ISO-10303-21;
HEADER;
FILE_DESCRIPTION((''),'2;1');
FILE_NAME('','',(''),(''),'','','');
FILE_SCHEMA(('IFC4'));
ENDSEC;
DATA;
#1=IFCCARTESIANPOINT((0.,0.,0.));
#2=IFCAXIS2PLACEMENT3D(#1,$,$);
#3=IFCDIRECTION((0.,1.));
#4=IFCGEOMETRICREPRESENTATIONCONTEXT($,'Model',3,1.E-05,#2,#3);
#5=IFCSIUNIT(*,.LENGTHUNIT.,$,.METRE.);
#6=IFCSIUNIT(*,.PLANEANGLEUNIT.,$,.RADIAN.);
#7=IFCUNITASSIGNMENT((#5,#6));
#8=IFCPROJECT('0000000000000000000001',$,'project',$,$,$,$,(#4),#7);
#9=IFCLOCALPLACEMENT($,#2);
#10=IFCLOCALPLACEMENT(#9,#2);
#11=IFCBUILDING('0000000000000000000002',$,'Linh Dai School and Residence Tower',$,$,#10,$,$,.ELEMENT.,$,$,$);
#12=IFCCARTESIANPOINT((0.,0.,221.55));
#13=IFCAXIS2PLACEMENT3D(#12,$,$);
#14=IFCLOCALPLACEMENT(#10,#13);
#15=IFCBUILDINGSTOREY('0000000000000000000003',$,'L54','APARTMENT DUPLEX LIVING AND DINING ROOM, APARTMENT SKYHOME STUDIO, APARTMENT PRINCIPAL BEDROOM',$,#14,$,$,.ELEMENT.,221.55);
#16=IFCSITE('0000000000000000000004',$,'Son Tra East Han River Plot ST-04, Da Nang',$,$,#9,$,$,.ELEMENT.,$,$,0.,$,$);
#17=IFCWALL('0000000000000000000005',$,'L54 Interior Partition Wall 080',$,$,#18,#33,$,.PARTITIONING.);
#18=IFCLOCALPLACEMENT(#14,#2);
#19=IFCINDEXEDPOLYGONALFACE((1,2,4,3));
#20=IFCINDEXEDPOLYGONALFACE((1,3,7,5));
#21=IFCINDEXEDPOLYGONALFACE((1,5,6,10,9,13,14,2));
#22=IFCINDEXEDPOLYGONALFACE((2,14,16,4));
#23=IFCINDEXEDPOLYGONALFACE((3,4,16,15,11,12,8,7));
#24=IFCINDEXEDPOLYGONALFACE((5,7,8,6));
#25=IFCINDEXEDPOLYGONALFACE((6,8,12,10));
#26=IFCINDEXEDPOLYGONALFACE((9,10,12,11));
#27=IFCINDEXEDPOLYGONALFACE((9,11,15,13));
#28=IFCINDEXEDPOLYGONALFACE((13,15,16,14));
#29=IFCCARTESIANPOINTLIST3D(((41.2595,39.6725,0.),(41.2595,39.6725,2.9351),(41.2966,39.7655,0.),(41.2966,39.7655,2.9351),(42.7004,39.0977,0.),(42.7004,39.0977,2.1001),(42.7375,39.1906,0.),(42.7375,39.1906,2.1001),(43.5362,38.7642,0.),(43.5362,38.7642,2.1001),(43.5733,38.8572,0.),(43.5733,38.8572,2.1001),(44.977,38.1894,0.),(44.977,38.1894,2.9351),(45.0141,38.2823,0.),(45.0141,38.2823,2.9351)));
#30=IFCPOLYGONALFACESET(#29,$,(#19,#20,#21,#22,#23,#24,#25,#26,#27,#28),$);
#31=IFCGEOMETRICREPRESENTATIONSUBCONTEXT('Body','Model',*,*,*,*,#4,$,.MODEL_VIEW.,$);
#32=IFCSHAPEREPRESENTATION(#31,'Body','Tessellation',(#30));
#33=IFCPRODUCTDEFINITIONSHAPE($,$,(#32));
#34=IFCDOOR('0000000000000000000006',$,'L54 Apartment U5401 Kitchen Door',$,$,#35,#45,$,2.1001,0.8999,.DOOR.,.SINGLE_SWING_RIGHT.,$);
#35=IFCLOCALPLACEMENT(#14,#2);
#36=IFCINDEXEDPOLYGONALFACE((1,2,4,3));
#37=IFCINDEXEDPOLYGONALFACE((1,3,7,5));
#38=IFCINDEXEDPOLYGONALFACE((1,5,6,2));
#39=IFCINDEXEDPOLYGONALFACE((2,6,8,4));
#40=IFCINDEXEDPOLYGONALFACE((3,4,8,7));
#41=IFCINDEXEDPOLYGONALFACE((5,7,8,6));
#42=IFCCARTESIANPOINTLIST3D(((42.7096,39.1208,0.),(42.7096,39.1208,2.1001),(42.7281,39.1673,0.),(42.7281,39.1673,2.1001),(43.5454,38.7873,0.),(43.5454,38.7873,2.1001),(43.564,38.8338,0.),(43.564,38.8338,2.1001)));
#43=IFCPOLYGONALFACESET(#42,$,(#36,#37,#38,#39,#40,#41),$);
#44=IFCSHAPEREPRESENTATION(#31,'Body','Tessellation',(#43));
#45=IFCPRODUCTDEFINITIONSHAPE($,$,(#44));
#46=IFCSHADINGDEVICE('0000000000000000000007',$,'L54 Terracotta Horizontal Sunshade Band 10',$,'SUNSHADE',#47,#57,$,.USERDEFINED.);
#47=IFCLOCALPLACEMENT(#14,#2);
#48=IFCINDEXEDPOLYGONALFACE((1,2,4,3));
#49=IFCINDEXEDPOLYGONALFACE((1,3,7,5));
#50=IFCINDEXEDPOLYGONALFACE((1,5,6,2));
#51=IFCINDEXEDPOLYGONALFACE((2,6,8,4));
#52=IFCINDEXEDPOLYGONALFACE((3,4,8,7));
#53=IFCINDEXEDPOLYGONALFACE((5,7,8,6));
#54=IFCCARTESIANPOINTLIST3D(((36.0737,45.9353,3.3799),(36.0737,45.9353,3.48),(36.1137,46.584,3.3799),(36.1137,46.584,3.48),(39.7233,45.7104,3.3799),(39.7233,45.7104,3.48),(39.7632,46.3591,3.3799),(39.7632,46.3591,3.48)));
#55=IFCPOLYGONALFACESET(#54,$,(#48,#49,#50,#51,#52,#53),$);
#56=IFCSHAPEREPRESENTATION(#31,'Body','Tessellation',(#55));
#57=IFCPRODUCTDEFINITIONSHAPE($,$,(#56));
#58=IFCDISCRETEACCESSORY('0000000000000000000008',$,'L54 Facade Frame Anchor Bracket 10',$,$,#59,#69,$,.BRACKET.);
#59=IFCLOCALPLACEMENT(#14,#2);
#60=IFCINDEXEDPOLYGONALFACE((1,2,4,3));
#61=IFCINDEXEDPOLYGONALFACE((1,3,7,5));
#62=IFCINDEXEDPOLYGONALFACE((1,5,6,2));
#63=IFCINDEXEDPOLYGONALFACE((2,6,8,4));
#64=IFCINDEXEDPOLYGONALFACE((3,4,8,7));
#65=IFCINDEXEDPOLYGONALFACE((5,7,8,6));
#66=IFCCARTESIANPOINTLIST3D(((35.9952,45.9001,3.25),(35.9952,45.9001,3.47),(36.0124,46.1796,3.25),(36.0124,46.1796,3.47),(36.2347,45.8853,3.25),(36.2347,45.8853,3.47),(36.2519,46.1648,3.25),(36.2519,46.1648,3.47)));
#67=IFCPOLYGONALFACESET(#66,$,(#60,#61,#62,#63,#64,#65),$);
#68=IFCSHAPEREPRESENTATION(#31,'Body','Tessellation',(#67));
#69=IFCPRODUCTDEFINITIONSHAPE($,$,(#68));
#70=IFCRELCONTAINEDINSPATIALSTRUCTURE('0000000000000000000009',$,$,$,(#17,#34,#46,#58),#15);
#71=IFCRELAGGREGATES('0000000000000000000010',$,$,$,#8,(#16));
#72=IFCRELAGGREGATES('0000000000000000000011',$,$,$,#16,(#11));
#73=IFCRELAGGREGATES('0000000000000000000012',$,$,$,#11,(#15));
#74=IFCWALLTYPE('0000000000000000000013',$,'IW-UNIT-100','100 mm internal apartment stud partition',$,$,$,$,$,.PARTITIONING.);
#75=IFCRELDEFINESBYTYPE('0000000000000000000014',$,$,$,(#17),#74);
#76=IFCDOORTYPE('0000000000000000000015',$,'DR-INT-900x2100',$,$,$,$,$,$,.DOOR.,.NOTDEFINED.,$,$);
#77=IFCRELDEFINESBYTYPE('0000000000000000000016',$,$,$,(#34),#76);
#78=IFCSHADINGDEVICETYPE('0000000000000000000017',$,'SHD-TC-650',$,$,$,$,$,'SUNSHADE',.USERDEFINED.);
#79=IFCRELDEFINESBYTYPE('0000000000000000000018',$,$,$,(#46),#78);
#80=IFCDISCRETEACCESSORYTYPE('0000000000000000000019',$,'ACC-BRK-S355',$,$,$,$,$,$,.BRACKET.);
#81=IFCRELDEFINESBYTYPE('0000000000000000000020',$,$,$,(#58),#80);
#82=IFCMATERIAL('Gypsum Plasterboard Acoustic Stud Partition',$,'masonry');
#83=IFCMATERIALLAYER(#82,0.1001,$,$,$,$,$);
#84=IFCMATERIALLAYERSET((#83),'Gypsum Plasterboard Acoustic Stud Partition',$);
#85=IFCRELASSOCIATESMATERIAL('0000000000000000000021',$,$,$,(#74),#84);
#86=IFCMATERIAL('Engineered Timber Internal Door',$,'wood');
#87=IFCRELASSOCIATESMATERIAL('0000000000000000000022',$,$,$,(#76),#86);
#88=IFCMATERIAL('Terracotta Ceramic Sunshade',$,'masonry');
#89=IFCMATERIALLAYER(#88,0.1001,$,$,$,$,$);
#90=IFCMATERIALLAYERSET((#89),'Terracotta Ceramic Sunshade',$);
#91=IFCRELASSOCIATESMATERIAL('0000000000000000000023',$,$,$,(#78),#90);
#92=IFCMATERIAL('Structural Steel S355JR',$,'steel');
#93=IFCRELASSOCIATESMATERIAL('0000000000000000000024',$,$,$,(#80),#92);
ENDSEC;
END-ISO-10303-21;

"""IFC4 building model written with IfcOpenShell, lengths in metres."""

from ifc_helpers import new_model, si_unit, direction, frame, frame_2d, origin, origin_2d, place, context, subcontext, project, spatial, rectangle, extrude, source, transform, mapped, material, layer, layer_set, type_object, element, fill, save


model = new_model("IFC4")

# Units and contexts
model_context = context("Model", 3, precision=1e-05, world=origin(), true_north=direction((0.0, 1.0)))
body_context = subcontext(model_context, "Body", "Model", "MODEL_VIEW")
ifc_project = project(units=[si_unit("LENGTHUNIT", "METRE"), si_unit("PLANEANGLEUNIT", "RADIAN")], contexts=[model_context])

# Site, building, storey
site_placement = place(None, origin())
site = spatial("IfcSite", under=ifc_project, at=site_placement, Name="Son Tra East Han River Plot ST-04, Da Nang", CompositionType="ELEMENT", RefElevation=0.0)
building_placement = place(site_placement, origin())
building = spatial("IfcBuilding", under=site, at=building_placement, Name="Linh Dai School and Residence Tower", CompositionType="ELEMENT")
storey_placement = place(building_placement, frame((0.0, 0.0, 221.55)))
storey = spatial("IfcBuildingStorey", under=building, at=storey_placement, Name="L54", Description="APARTMENT DUPLEX LIVING AND DINING ROOM, APARTMENT SKYHOME STUDIO, APARTMENT PRINCIPAL BEDROOM", CompositionType="ELEMENT", Elevation=221.55)

# Shared definitions
ifc_material_1 = material(Name="Structural Steel S355JR", Category="steel")

# Shared definitions
ifc_material_2 = material(Name="Gypsum Plasterboard Acoustic Stud Partition", Category="masonry")
ifc_layer_1 = layer(ifc_material_2, 0.1001)
ifc_layer_set_1 = layer_set([ifc_layer_1], Name="Gypsum Plasterboard Acoustic Stud Partition")
wall_type_1 = type_object("IfcWallType", Name="IW-UNIT-100", Description="100 mm internal apartment stud partition", PredefinedType="PARTITIONING", material=ifc_layer_set_1)

# Wall, opening, door
wall_1_placement = place(storey_placement, frame((41.2781, 39.719, 0.0), z_axis=(0.0, 0.0, 1.0), x_axis=(0.928809, -0.37056, 0.0)))
wall_1 = element("IfcWall", 1, at=wall_1_placement, inside=storey, type_object=wall_type_1, Name="L54 Interior Partition Wall 080", PredefinedType="PARTITIONING", context=body_context, shape_type="SweptSolid", body=[
    extrude(rectangle(XDim=4.0024, YDim=0.1001, at=frame_2d((2.0012, 0.0))), origin(), (0.0, 0.0, 1.0), 2.9351),
])
opening_1_placement = place(wall_1_placement, frame((1.5513, 0.0, 0.0)))
opening_1 = element("IfcOpeningElement", 2, at=opening_1_placement, cuts=wall_1, PredefinedType="OPENING", context=body_context, shape_type="SweptSolid", body=[
    extrude(rectangle(XDim=0.8999, YDim=2.1001, at=origin_2d()), frame((0.45, 0.0601, 1.05), z_axis=(0.0, -1.0, 0.0), x_axis=(1.0, 0.0, 0.0)), (0.0, 0.0, 1.0), 0.1201),
])
ifc_material_3 = material(Name="Engineered Timber Internal Door", Category="wood")
door_type_1 = type_object("IfcDoorType", Name="DR-INT-900x2100", OperationType="NOTDEFINED", PredefinedType="DOOR", material=ifc_material_3)
shared_shape_1 = source(origin(), body_context, "Body", "SweptSolid", [
    extrude(rectangle(XDim=0.8999, YDim=2.1001, at=origin_2d()), frame((0.45, 0.0249, 1.05), z_axis=(0.0, -1.0, 0.0), x_axis=(1.0, 0.0, 0.0)), (0.0, 0.0, 1.0), 0.05),
])
door_1_placement = place(opening_1_placement, origin())
door_1 = element("IfcDoor", 3, at=door_1_placement, inside=storey, type_object=door_type_1, Name="L54 Apartment U5401 Kitchen Door", OperationType="SINGLE_SWING_RIGHT", OverallHeight=2.1001, OverallWidth=0.8999, PredefinedType="DOOR", context=body_context, shape_type="MappedRepresentation", body=[
    mapped(shared_shape_1, transform((0.0, 0.0, 0.0), x_axis=(1.0, 0.0, 0.0), y_axis=(0.0, 1.0, 0.0), z_axis=(0.0, 0.0, 1.0), scale=1.0)),
])
fill(opening_1, door_1)

# Shading device
ifc_material_4 = material(Name="Terracotta Ceramic Sunshade", Category="masonry")
ifc_layer_2 = layer(ifc_material_4, 0.1001)
ifc_layer_set_2 = layer_set([ifc_layer_2], Name="Terracotta Ceramic Sunshade")
shading_device_type = type_object("IfcShadingDeviceType", Name="SHD-TC-650", ElementType="SUNSHADE", PredefinedType="USERDEFINED", material=ifc_layer_set_2)
shared_shape_2 = source(origin(), body_context, "Body", "SweptSolid", [
    extrude(rectangle(XDim=3.6565, YDim=0.6499, at=origin_2d()), origin(), (0.0, 0.0, 1.0), 0.1001),
])
shading_device_placement = place(storey_placement, frame((37.9185, 46.1472, 3.3799), z_axis=(0.0, 0.0, 1.0), x_axis=(0.998107, -0.061504, 0.0)))
element("IfcShadingDevice", 4, at=shading_device_placement, inside=storey, type_object=shading_device_type, Name="L54 Terracotta Horizontal Sunshade Band 10", ObjectType="SUNSHADE", PredefinedType="USERDEFINED", context=body_context, shape_type="MappedRepresentation", body=[
    mapped(shared_shape_2, transform((0.0, 0.0, 0.0), x_axis=(1.0, 0.0, 0.0), y_axis=(0.0, 1.0, 0.0), z_axis=(0.0, 0.0, 1.0), scale=1.0)),
])

# Discrete accessory
discrete_accessory_type = type_object("IfcDiscreteAccessoryType", Name="ACC-BRK-S355", PredefinedType="BRACKET", material=ifc_material_1)
shared_shape_3 = source(origin(), body_context, "Body", "SweptSolid", [
    extrude(rectangle(XDim=0.28, YDim=0.24, at=origin_2d()), origin(), (0.0, 0.0, 1.0), 0.22),
])
discrete_accessory_placement = place(storey_placement, frame((36.1235, 46.0325, 3.25), z_axis=(0.0, 0.0, 1.0), x_axis=(0.061504, 0.998107, 0.0)))
element("IfcDiscreteAccessory", 5, at=discrete_accessory_placement, inside=storey, type_object=discrete_accessory_type, Name="L54 Facade Frame Anchor Bracket 10", PredefinedType="BRACKET", context=body_context, shape_type="MappedRepresentation", body=[
    mapped(shared_shape_3, transform((0.0, 0.0, 0.0), x_axis=(1.0, 0.0, 0.0), y_axis=(0.0, 1.0, 0.0), z_axis=(0.0, 0.0, 1.0), scale=1.0)),
])

save(model, "model.ifc")
